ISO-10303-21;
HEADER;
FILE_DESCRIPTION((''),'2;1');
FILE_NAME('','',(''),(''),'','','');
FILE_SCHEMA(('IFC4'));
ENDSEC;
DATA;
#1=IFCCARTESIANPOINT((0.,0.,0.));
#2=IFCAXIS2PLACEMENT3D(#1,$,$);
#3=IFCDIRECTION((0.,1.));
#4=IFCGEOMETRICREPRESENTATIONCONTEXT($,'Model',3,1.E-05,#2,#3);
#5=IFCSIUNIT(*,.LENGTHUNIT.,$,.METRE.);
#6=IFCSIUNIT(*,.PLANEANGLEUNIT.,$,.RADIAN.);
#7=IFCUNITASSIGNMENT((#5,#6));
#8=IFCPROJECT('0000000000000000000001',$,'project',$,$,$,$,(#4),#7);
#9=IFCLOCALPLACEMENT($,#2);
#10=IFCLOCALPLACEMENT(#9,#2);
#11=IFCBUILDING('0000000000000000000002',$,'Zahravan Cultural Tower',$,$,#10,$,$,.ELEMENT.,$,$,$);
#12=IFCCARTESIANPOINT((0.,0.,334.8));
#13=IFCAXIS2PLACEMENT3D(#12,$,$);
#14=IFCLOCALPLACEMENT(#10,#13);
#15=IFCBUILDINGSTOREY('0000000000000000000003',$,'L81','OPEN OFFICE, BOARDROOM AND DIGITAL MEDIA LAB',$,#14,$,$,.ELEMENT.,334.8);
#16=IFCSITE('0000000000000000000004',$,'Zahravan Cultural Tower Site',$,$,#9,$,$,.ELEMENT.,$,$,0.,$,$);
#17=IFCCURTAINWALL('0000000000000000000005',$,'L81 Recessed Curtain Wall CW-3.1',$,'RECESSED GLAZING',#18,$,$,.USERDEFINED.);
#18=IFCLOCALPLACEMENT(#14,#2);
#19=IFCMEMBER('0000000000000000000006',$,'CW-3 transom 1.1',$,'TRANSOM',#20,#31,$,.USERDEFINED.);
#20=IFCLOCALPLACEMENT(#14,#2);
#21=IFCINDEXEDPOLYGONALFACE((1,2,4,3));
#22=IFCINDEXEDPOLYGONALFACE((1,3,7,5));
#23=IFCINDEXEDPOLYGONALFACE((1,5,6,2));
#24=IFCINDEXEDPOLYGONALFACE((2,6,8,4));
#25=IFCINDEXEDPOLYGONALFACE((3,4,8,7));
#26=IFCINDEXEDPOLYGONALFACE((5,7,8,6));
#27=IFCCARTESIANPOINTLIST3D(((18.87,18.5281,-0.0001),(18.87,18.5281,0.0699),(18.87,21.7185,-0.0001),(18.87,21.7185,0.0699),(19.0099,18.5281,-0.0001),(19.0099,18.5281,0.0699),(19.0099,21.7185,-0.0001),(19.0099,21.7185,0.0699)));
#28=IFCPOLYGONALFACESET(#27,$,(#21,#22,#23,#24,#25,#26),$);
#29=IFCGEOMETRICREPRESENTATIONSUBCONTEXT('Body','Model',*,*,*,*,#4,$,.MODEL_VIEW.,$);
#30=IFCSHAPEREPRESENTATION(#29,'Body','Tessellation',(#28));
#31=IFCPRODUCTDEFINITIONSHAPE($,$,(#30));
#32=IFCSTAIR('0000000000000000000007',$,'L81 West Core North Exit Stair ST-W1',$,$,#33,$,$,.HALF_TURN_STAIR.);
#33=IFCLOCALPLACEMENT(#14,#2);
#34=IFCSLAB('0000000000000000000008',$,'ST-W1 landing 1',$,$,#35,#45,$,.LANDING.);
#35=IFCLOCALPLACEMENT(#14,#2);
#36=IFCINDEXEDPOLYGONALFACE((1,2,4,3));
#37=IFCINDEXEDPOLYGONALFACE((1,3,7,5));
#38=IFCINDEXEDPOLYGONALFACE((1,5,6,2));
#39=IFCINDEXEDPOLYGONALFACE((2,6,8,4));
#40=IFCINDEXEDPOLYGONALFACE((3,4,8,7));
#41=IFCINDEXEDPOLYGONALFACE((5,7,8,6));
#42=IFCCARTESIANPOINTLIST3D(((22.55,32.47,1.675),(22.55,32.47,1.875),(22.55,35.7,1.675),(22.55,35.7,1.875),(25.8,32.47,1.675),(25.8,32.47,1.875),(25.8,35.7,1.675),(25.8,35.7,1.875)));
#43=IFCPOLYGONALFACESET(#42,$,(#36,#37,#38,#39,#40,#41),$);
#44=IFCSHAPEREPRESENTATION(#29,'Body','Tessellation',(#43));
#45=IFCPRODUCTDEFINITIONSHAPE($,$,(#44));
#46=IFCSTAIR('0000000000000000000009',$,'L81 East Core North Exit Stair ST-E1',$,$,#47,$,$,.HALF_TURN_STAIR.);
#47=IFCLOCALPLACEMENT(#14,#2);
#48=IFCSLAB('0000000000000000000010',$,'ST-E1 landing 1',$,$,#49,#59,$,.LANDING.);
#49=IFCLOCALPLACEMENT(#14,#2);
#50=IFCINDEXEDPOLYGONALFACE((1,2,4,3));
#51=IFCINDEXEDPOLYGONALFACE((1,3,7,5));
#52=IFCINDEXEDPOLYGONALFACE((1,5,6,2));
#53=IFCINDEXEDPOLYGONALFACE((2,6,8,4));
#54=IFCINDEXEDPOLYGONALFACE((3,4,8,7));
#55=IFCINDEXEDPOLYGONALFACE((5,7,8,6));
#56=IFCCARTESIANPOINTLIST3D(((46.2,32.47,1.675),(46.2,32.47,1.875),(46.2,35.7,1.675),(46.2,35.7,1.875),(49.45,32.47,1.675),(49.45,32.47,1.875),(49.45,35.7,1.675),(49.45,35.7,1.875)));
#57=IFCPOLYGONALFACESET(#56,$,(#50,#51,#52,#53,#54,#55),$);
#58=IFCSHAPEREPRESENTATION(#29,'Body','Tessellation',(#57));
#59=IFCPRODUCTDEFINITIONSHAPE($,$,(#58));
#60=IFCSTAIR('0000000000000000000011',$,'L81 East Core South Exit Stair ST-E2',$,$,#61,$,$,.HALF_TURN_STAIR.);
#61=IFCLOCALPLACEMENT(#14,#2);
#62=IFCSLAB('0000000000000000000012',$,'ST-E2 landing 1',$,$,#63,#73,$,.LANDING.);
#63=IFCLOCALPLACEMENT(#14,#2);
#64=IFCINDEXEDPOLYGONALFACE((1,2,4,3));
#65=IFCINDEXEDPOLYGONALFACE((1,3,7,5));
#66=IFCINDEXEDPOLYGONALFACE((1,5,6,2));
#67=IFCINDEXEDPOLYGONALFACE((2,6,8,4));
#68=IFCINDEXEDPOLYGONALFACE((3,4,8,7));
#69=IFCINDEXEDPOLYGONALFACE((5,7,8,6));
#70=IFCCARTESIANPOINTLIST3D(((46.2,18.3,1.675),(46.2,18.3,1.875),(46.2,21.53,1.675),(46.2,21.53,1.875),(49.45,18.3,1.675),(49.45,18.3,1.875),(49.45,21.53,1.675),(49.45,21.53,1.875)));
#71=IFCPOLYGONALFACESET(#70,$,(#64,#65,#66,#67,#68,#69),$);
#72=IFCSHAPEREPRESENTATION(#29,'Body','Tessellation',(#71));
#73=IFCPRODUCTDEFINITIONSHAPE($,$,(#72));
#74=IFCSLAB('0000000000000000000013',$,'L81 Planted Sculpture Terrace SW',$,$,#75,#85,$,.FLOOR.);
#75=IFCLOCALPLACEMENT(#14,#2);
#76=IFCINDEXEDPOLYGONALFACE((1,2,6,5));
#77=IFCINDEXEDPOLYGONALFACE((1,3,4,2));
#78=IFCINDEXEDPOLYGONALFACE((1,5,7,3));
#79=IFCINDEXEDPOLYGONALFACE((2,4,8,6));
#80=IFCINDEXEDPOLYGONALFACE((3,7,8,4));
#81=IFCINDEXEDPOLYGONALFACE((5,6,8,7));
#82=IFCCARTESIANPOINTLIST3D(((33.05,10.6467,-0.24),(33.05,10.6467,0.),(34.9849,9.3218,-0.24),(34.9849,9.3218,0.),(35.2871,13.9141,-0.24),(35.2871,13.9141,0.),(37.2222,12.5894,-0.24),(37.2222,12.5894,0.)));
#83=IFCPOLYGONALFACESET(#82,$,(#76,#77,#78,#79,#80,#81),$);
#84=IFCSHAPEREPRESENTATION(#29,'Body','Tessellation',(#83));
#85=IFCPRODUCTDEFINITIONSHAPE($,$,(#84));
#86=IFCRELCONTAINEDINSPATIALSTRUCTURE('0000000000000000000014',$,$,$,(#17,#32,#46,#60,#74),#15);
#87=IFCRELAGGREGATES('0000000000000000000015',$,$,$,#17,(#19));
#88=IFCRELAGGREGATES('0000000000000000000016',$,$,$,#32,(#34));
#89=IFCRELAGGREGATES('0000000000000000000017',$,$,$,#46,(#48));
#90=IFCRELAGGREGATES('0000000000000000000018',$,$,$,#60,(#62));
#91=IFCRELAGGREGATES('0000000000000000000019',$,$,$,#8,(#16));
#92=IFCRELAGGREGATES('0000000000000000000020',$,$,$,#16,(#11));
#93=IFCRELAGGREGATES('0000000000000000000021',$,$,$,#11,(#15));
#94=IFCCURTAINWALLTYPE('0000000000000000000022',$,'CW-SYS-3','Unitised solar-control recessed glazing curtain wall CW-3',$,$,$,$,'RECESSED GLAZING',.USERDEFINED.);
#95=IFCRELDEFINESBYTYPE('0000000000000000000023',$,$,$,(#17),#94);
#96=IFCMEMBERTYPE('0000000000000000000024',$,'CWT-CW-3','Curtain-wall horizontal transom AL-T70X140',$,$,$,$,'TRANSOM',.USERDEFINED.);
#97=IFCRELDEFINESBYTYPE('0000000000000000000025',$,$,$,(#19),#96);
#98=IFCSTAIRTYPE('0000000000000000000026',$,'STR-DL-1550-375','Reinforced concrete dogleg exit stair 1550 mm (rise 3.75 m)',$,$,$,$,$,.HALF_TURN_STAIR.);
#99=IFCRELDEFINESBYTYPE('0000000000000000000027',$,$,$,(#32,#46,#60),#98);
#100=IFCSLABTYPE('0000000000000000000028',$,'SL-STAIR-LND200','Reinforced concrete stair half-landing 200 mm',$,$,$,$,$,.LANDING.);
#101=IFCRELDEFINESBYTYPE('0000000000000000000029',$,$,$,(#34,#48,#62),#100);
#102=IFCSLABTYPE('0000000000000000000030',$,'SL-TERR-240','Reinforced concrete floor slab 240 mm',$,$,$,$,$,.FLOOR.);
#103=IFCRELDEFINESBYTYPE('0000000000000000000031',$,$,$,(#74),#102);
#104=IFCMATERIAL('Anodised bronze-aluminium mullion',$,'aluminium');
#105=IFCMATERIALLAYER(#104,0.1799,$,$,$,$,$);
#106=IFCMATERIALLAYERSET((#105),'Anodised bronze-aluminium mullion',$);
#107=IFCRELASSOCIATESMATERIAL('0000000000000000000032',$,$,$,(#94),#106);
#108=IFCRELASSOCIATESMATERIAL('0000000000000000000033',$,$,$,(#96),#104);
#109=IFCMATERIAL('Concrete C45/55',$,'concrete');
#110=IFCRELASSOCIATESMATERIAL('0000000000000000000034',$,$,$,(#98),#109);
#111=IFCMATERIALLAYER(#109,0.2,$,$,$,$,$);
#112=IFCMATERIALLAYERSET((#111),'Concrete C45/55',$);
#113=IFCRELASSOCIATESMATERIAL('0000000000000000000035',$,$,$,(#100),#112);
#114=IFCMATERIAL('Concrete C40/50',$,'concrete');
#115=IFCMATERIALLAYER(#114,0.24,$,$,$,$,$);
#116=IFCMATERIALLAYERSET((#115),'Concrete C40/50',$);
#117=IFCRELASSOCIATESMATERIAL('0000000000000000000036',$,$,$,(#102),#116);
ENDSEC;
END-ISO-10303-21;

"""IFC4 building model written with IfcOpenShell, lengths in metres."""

from ifc_helpers import new_model, si_unit, direction, frame, origin, origin_2d, place, context, subcontext, project, spatial, polyline, rectangle, outline, extrude, source, transform, mapped, material, layer, layer_set, material_profile, profile_set, type_object, element, aggregate, save


model = new_model("IFC4")

# Units and contexts
model_context = context("Model", 3, precision=1e-05, world=origin(), true_north=direction((0.0, 1.0)))
body_context = subcontext(model_context, "Body", "Model", "MODEL_VIEW")
ifc_project = project(units=[si_unit("LENGTHUNIT", "METRE"), si_unit("PLANEANGLEUNIT", "RADIAN")], contexts=[model_context])

# Site, building, storey
site_placement = place(None, origin())
site = spatial("IfcSite", under=ifc_project, at=site_placement, Name="Zahravan Cultural Tower Site", CompositionType="ELEMENT", RefElevation=0.0)
building_placement = place(site_placement, origin())
building = spatial("IfcBuilding", under=site, at=building_placement, Name="Zahravan Cultural Tower", CompositionType="ELEMENT")
storey_placement = place(building_placement, frame((0.0, 0.0, 334.8)))
storey = spatial("IfcBuildingStorey", under=building, at=storey_placement, Name="L81", Description="OPEN OFFICE, BOARDROOM AND DIGITAL MEDIA LAB", CompositionType="ELEMENT", Elevation=334.8)

# Curtain wall, member
ifc_material_1 = material(Name="Anodised bronze-aluminium mullion", Category="aluminium")
ifc_layer_1 = layer(ifc_material_1, 0.1799)
ifc_layer_set_1 = layer_set([ifc_layer_1], Name="Anodised bronze-aluminium mullion")
curtain_wall_type = type_object("IfcCurtainWallType", Name="CW-SYS-3", Description="Unitised solar-control recessed glazing curtain wall CW-3", ElementType="RECESSED GLAZING", PredefinedType="USERDEFINED", material=ifc_layer_set_1)
curtain_wall_placement = place(storey_placement, origin())
curtain_wall = element("IfcCurtainWall", 1, at=curtain_wall_placement, inside=storey, type_object=curtain_wall_type, Name="L81 Recessed Curtain Wall CW-3.1", ObjectType="RECESSED GLAZING", PredefinedType="USERDEFINED")
ifc_material_profile_1 = material_profile(ifc_material_1, rectangle(XDim=0.1399, YDim=0.0701, at=origin_2d()), Name="AL-T70X140")
ifc_profile_set_1 = profile_set([ifc_material_profile_1], Name="Anodised bronze-aluminium mullion")
member_type_1 = type_object("IfcMemberType", Name="CWT-CW-3", Description="Curtain-wall horizontal transom AL-T70X140", ElementType="TRANSOM", PredefinedType="USERDEFINED", material=ifc_profile_set_1)
shared_shape_1 = source(origin(), body_context, "Body", "SweptSolid", [
    extrude(rectangle(XDim=0.1399, YDim=0.0701, at=origin_2d()), origin(), (0.0, 0.0, 1.0), 3.1904),
])
member_1_placement = place(storey_placement, frame((18.9399, 18.5281, 0.0349), z_axis=(0.0, 1.0, 0.0), x_axis=(-1.0, 0.0, 0.0)))
member_1 = element("IfcMember", 2, at=member_1_placement, type_object=member_type_1, Name="CW-3 transom 1.1", ObjectType="TRANSOM", PredefinedType="USERDEFINED", context=body_context, shape_type="MappedRepresentation", body=[
    mapped(shared_shape_1, transform((0.0, 0.0, 0.0), x_axis=(1.0, 0.0, 0.0), y_axis=(0.0, 1.0, 0.0), z_axis=(0.0, 0.0, 1.0), scale=1.0)),
])
aggregate(curtain_wall, [member_1])

# Stairs, slabs
ifc_material_2 = material(Name="Concrete C45/55", Category="concrete")
stair_type = type_object("IfcStairType", Name="STR-DL-1550-375", Description="Reinforced concrete dogleg exit stair 1550 mm (rise 3.75 m)", PredefinedType="HALF_TURN_STAIR", material=ifc_material_2)
stair_1_placement = place(storey_placement, origin())
stair_1 = element("IfcStair", 3, at=stair_1_placement, inside=storey, type_object=stair_type, Name="L81 West Core North Exit Stair ST-W1", PredefinedType="HALF_TURN_STAIR")
ifc_layer_2 = layer(ifc_material_2, 0.2)
ifc_layer_set_2 = layer_set([ifc_layer_2], Name="Concrete C45/55")
slab_type_1 = type_object("IfcSlabType", Name="SL-STAIR-LND200", Description="Reinforced concrete stair half-landing 200 mm", PredefinedType="LANDING", material=ifc_layer_set_2)
slab_1_placement = place(storey_placement, frame((0.0, 0.0, 1.675)))
slab_1 = element("IfcSlab", 4, at=slab_1_placement, type_object=slab_type_1, Name="ST-W1 landing 1", PredefinedType="LANDING", context=body_context, shape_type="SweptSolid", body=[
    extrude(outline(polyline([(25.8, 32.47), (25.8, 35.7), (22.55, 35.7), (22.55, 32.47), (25.8, 32.47)])), origin(), (0.0, 0.0, 1.0), 0.2),
])
aggregate(stair_1, [slab_1])
stair_2_placement = place(storey_placement, origin())
stair_2 = element("IfcStair", 5, at=stair_2_placement, inside=storey, type_object=stair_type, Name="L81 East Core North Exit Stair ST-E1", PredefinedType="HALF_TURN_STAIR")
slab_2_placement = place(storey_placement, frame((0.0, 0.0, 1.675)))
slab_2 = element("IfcSlab", 6, at=slab_2_placement, type_object=slab_type_1, Name="ST-E1 landing 1", PredefinedType="LANDING", context=body_context, shape_type="SweptSolid", body=[
    extrude(outline(polyline([(49.45, 32.47), (49.45, 35.7), (46.2, 35.7), (46.2, 32.47), (49.45, 32.47)])), origin(), (0.0, 0.0, 1.0), 0.2),
])
aggregate(stair_2, [slab_2])
stair_3_placement = place(storey_placement, origin())
stair_3 = element("IfcStair", 7, at=stair_3_placement, inside=storey, type_object=stair_type, Name="L81 East Core South Exit Stair ST-E2", PredefinedType="HALF_TURN_STAIR")
slab_3_placement = place(storey_placement, frame((0.0, 0.0, 1.675)))
slab_3 = element("IfcSlab", 8, at=slab_3_placement, type_object=slab_type_1, Name="ST-E2 landing 1", PredefinedType="LANDING", context=body_context, shape_type="SweptSolid", body=[
    extrude(outline(polyline([(46.2, 21.53), (46.2, 18.3), (49.45, 18.3), (49.45, 21.53), (46.2, 21.53)])), origin(), (0.0, 0.0, 1.0), 0.2),
])
aggregate(stair_3, [slab_3])

# Slab
ifc_material_3 = material(Name="Concrete C40/50", Category="concrete")
ifc_layer_3 = layer(ifc_material_3, 0.24)
ifc_layer_set_3 = layer_set([ifc_layer_3], Name="Concrete C40/50")
slab_type_2 = type_object("IfcSlabType", Name="SL-TERR-240", Description="Reinforced concrete floor slab 240 mm", PredefinedType="FLOOR", material=ifc_layer_set_3)
slab_4_placement = place(storey_placement, frame((0.0, 0.0, -0.24)))
element("IfcSlab", 9, at=slab_4_placement, inside=storey, type_object=slab_type_2, Name="L81 Planted Sculpture Terrace SW", PredefinedType="FLOOR", context=body_context, shape_type="SweptSolid", body=[
    extrude(outline(polyline([(37.2222, 12.5894), (35.2871, 13.9141), (33.05, 10.6467), (34.9849, 9.3218), (37.2222, 12.5894)])), origin(), (0.0, 0.0, 1.0), 0.24),
])

save(model, "model.ifc")
